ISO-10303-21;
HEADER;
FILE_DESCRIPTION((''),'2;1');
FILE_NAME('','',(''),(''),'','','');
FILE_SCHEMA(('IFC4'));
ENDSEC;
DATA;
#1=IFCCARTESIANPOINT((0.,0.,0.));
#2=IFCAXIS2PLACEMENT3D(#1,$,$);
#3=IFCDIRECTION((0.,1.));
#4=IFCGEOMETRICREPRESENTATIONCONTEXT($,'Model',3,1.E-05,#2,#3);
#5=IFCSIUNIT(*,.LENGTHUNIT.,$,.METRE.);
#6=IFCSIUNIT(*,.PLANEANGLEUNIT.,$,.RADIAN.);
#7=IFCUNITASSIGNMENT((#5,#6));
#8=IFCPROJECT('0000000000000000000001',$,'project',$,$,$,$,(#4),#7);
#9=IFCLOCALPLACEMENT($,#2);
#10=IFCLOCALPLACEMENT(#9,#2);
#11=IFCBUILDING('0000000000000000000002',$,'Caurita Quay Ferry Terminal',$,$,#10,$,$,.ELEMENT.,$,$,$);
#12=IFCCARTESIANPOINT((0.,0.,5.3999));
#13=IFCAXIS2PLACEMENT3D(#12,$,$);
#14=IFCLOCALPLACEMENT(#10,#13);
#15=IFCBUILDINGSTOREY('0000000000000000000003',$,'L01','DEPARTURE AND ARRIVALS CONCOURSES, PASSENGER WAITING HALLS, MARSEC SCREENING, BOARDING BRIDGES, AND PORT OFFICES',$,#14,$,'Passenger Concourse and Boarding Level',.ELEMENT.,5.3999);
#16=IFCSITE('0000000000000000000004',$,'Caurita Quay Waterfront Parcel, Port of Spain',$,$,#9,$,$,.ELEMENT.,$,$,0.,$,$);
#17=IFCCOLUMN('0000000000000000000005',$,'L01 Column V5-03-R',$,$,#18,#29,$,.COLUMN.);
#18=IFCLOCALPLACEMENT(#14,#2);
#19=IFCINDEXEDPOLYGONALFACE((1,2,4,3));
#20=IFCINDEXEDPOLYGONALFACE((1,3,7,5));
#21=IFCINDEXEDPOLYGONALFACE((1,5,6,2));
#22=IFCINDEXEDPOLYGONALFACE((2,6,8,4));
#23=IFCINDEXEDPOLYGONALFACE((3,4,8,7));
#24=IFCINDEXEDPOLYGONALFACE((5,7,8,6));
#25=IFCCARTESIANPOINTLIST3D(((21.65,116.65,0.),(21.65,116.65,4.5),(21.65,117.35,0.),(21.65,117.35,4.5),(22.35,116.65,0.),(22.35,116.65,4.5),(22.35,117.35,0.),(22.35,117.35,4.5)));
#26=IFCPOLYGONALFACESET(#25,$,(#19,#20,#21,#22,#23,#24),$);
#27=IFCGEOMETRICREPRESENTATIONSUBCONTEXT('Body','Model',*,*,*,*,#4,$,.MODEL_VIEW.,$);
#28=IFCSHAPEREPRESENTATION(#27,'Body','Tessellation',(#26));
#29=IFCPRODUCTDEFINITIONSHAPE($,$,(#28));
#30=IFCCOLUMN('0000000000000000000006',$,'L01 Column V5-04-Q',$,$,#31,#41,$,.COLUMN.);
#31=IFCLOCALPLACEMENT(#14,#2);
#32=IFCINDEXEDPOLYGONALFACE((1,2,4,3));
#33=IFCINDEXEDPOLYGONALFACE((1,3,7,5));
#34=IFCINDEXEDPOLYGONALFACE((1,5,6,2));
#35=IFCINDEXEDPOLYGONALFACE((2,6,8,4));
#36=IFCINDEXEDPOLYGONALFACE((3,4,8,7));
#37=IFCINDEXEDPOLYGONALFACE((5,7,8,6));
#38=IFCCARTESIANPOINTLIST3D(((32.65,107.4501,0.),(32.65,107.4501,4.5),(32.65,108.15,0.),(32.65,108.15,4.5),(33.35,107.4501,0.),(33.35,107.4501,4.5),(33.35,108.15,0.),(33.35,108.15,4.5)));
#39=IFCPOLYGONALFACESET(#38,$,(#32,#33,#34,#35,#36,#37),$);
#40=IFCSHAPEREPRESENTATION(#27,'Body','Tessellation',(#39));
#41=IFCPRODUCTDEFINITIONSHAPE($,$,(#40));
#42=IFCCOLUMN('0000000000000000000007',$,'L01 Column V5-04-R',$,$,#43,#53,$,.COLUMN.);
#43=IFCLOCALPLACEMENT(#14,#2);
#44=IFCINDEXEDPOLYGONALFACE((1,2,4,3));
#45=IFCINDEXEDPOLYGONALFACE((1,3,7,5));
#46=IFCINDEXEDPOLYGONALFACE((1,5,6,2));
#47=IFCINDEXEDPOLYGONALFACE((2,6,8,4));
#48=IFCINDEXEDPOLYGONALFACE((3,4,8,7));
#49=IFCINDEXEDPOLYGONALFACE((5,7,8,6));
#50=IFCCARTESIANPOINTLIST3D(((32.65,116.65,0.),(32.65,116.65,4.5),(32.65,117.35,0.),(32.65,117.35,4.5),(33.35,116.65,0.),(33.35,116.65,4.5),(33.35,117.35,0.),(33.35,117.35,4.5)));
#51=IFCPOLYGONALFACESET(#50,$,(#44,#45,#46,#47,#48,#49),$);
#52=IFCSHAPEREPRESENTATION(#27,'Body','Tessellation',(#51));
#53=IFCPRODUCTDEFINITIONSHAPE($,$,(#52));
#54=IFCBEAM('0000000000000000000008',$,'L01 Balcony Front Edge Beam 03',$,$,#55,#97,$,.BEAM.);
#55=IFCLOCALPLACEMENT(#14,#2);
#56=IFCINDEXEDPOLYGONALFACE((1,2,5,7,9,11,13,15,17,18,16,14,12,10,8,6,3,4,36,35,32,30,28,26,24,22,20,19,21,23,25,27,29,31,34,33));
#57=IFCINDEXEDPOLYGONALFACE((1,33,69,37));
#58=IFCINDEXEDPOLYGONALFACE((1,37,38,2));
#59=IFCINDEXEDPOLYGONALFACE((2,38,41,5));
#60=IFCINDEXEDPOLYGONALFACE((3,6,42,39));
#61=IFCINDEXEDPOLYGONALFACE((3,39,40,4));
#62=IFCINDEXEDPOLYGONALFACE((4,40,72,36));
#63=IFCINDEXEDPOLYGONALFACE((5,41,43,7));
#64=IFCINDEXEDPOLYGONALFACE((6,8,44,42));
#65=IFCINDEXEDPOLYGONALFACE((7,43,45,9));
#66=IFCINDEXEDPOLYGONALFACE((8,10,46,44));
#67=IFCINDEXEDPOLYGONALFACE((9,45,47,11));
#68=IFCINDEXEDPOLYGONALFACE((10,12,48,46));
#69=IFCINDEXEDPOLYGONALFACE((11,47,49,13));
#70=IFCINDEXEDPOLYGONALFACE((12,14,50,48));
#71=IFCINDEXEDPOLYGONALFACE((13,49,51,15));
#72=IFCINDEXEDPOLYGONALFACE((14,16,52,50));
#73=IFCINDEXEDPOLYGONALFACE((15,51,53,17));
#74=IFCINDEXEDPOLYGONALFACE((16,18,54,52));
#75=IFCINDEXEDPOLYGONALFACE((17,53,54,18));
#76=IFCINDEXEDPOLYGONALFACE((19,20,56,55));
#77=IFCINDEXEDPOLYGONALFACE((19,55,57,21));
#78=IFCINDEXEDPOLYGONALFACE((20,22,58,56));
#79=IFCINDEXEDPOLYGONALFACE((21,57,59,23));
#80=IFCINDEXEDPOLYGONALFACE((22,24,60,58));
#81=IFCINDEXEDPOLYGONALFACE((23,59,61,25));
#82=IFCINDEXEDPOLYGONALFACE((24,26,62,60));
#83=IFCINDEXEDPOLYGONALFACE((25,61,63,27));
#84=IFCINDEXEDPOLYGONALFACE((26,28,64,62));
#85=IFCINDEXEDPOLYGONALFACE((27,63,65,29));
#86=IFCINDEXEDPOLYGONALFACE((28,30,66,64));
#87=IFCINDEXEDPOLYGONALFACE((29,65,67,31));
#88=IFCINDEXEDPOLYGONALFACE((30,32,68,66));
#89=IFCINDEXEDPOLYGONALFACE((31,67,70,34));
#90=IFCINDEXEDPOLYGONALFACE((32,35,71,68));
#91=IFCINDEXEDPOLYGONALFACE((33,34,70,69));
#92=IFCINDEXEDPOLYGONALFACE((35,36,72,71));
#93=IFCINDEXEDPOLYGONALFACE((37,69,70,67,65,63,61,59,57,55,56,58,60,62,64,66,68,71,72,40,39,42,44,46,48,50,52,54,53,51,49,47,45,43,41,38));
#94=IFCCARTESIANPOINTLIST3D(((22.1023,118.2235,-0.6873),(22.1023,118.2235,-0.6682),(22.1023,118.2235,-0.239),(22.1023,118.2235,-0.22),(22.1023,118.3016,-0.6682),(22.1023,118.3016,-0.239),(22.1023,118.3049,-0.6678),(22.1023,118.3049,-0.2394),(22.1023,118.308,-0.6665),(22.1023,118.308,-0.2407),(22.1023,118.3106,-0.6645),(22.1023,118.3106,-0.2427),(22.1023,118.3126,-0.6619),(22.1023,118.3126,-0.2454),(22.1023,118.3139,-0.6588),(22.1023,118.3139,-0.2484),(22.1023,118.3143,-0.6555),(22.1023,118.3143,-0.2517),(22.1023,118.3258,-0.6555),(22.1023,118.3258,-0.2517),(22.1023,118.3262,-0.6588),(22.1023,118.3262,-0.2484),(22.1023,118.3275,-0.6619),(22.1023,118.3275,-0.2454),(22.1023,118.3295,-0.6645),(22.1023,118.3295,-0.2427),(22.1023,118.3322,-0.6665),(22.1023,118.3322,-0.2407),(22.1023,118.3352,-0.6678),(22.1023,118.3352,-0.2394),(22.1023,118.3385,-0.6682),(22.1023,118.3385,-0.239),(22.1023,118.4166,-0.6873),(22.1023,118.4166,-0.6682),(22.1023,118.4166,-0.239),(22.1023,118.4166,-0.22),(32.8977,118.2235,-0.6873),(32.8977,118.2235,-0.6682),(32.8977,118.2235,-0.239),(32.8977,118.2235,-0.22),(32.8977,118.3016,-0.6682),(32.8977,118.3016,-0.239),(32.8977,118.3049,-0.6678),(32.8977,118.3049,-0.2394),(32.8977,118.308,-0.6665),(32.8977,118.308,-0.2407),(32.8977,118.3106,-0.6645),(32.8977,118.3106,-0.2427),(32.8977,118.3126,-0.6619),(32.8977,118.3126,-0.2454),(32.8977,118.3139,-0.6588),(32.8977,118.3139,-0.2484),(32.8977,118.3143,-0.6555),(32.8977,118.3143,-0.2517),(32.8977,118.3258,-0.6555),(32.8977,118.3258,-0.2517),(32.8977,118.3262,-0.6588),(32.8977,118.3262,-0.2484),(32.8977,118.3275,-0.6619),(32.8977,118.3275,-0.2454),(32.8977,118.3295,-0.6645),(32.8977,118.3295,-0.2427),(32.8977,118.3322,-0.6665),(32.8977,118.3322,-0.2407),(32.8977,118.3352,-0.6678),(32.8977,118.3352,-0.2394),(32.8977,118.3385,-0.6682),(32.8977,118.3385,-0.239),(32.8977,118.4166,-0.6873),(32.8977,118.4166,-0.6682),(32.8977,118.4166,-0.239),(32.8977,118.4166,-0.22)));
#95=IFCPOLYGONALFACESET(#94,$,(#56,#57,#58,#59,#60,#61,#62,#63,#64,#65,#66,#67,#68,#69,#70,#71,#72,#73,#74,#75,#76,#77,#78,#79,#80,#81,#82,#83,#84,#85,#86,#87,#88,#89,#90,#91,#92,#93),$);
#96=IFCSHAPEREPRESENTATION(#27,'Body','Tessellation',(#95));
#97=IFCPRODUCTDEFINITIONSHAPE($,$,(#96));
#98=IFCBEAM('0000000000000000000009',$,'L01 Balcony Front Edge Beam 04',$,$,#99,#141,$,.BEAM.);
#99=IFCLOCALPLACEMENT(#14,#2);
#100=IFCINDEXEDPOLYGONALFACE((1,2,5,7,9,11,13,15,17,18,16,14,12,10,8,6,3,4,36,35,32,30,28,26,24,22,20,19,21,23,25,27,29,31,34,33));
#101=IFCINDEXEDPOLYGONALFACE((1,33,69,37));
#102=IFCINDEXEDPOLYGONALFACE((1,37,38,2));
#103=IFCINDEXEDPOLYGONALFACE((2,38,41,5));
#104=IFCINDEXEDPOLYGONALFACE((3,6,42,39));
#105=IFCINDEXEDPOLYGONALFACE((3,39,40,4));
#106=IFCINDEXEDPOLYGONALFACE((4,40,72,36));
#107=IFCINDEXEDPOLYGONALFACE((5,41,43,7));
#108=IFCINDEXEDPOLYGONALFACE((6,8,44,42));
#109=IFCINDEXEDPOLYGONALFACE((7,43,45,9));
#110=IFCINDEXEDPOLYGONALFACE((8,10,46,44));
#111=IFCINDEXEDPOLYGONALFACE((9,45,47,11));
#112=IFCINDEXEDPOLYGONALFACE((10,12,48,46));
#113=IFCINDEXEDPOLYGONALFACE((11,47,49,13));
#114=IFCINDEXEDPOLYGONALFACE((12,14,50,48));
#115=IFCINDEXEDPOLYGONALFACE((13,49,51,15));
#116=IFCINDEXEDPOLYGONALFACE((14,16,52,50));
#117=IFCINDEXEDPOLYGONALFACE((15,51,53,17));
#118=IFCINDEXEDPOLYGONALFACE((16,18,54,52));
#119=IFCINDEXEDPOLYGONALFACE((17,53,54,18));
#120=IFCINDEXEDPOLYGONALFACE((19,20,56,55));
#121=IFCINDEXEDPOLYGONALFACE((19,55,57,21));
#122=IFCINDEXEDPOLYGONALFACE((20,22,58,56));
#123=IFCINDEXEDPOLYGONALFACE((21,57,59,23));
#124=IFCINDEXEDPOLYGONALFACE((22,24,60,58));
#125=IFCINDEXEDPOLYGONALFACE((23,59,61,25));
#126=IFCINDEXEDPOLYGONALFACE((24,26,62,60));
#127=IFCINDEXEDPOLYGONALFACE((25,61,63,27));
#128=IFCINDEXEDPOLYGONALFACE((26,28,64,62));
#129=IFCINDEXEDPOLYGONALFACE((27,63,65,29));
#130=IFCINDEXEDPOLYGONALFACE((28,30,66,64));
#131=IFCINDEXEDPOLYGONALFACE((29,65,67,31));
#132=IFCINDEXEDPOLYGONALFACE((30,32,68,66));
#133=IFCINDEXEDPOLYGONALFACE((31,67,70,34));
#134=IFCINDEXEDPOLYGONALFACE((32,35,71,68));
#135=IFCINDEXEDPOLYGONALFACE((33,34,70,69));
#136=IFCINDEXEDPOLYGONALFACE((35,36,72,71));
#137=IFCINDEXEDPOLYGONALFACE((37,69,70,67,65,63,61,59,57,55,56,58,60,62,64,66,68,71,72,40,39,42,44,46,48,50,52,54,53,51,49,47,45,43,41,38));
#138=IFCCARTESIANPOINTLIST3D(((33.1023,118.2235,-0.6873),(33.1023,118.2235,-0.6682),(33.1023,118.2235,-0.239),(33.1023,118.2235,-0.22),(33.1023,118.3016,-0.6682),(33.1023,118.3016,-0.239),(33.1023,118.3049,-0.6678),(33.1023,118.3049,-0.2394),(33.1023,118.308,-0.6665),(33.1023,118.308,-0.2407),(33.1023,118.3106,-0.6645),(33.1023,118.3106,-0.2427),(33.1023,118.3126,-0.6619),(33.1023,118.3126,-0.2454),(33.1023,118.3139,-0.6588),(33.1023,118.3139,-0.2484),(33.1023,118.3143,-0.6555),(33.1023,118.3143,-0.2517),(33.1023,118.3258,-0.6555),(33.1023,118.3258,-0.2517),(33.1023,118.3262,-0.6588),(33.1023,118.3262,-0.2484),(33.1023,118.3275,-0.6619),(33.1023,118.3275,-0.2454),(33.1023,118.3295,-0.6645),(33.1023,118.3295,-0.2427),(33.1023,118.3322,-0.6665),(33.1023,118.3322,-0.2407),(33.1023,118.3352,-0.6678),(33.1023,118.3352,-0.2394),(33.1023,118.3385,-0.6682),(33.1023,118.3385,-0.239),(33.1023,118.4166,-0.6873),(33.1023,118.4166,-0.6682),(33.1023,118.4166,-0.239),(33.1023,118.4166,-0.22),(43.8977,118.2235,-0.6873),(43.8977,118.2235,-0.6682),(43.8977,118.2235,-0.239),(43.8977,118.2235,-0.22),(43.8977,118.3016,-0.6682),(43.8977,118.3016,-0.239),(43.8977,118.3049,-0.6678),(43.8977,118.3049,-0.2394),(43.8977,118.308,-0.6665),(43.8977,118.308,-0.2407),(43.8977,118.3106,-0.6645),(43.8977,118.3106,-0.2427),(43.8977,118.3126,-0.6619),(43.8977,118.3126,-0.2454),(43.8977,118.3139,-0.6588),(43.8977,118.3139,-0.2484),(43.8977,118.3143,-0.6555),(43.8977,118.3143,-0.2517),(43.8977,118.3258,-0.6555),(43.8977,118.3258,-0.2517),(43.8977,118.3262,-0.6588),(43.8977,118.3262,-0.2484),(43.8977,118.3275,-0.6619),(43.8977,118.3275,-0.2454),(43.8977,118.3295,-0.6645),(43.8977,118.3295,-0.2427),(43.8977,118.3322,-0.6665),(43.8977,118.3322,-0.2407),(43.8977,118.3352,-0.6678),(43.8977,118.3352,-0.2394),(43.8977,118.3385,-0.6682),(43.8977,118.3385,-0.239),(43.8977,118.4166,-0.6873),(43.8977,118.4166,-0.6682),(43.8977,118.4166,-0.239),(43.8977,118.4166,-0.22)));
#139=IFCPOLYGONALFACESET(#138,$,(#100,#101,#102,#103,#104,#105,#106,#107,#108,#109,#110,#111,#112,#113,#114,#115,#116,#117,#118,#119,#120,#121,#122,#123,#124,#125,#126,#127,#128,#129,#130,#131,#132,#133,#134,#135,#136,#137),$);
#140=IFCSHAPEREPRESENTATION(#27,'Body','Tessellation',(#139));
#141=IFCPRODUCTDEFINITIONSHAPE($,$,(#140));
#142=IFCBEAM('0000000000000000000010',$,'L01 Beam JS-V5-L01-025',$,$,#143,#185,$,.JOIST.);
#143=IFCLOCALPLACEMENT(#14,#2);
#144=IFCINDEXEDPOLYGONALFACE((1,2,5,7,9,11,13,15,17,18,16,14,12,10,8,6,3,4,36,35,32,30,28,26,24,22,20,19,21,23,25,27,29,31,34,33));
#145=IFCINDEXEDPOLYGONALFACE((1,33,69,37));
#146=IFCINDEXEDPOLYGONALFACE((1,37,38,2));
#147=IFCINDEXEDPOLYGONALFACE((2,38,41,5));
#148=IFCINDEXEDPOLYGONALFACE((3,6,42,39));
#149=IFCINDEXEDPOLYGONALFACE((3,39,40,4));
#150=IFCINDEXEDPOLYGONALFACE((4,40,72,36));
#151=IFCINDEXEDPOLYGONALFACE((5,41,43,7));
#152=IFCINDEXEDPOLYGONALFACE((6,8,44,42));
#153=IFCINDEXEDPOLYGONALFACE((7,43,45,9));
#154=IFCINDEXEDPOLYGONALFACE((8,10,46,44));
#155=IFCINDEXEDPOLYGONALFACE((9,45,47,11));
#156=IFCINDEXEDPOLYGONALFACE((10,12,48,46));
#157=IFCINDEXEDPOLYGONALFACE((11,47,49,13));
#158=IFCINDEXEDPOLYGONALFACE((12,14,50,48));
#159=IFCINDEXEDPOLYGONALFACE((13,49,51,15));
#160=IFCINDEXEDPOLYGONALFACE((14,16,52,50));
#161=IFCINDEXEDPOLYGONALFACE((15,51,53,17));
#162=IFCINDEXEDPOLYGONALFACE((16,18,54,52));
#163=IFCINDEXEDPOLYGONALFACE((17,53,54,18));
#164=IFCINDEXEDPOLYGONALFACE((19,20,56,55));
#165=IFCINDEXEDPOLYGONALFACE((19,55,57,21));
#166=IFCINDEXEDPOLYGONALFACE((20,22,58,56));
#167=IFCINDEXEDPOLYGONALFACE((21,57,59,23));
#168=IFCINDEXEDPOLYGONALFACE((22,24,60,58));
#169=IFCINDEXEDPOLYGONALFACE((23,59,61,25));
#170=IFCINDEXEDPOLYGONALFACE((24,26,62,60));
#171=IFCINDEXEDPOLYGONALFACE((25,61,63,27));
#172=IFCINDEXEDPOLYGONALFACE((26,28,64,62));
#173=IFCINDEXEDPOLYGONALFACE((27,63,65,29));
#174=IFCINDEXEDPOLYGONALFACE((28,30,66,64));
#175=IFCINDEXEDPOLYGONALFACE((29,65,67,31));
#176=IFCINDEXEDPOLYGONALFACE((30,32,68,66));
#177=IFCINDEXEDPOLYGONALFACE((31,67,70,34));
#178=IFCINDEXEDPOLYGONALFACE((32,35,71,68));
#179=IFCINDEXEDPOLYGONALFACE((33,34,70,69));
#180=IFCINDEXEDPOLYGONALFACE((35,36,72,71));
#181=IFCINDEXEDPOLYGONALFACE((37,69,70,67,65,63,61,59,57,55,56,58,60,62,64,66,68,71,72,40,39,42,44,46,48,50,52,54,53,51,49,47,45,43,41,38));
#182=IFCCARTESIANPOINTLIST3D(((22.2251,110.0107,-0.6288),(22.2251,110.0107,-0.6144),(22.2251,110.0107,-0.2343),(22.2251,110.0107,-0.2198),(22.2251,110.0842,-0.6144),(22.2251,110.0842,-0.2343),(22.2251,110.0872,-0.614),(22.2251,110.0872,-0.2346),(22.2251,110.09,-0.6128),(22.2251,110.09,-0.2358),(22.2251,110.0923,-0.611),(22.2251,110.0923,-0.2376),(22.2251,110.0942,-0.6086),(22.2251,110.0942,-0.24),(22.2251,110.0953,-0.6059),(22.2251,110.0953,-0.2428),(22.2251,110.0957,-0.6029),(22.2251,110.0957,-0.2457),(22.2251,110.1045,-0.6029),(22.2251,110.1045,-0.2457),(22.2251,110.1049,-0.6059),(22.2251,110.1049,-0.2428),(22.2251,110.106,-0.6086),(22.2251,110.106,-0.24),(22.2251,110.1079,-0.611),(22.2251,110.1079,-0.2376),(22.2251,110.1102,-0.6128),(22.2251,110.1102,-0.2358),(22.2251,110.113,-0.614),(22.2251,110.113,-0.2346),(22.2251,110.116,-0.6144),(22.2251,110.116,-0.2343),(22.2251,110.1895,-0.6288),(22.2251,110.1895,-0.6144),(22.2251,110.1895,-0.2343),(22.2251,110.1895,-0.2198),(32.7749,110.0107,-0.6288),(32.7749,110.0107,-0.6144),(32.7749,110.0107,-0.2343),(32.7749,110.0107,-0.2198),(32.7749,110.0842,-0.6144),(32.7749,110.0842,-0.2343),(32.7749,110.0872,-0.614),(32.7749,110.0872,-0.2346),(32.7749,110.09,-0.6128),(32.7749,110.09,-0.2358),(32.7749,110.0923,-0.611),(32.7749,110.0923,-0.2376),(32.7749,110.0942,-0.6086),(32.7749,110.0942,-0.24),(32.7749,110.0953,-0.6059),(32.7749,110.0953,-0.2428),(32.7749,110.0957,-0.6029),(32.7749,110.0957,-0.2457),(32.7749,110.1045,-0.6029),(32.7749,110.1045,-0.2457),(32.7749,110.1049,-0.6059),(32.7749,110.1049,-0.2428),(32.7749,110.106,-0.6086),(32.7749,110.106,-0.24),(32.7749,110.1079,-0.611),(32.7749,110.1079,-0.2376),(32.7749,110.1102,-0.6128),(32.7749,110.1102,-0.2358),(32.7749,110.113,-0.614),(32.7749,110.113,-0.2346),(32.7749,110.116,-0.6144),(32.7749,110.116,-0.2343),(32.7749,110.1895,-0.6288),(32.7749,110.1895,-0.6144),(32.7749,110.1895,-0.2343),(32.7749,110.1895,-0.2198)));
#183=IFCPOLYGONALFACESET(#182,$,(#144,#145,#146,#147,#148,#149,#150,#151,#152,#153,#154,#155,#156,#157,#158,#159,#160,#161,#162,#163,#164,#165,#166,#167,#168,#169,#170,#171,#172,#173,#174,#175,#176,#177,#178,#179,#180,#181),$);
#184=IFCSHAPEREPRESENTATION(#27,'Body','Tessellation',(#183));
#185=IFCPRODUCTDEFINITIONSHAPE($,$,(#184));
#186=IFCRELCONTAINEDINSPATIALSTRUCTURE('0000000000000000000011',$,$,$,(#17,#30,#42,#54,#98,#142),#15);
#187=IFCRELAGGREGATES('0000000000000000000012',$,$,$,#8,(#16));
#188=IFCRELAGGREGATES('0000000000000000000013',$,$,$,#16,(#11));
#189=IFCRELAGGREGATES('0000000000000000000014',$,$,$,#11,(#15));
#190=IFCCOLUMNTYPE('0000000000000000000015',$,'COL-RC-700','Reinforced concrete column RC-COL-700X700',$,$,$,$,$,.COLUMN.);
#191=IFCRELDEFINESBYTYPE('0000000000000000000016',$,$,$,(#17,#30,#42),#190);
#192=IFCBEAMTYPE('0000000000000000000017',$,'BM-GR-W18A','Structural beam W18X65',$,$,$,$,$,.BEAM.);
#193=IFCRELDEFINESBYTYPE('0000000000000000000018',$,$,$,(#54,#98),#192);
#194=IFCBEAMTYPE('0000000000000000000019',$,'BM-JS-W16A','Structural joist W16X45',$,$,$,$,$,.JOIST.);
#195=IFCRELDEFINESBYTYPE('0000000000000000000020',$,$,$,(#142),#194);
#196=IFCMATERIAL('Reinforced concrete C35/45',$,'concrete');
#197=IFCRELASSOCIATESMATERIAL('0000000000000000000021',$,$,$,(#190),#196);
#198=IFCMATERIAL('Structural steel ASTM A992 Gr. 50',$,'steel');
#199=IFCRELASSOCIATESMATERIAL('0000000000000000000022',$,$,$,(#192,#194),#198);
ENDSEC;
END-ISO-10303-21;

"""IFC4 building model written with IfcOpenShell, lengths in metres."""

from ifc_helpers import new_model, si_unit, direction, frame, origin, origin_2d, place, context, subcontext, project, spatial, rectangle, i_section, extrude, material, material_profile, profile_set, type_object, element, save


model = new_model("IFC4")

# Units and contexts
model_context = context("Model", 3, precision=1e-05, world=origin(), true_north=direction((0.0, 1.0)))
body_context = subcontext(model_context, "Body", "Model", "MODEL_VIEW")
ifc_project = project(units=[si_unit("LENGTHUNIT", "METRE"), si_unit("PLANEANGLEUNIT", "RADIAN")], contexts=[model_context])

# Site, building, storey
site_placement = place(None, origin())
site = spatial("IfcSite", under=ifc_project, at=site_placement, Name="Caurita Quay Waterfront Parcel, Port of Spain", CompositionType="ELEMENT", RefElevation=0.0)
building_placement = place(site_placement, origin())
building = spatial("IfcBuilding", under=site, at=building_placement, Name="Caurita Quay Ferry Terminal", CompositionType="ELEMENT")
storey_placement = place(building_placement, frame((0.0, 0.0, 5.3999)))
storey = spatial("IfcBuildingStorey", under=building, at=storey_placement, Name="L01", Description="DEPARTURE AND ARRIVALS CONCOURSES, PASSENGER WAITING HALLS, MARSEC SCREENING, BOARDING BRIDGES, AND PORT OFFICES", LongName="Passenger Concourse and Boarding Level", CompositionType="ELEMENT", Elevation=5.3999)

# Columns
ifc_material_1 = material(Name="Reinforced concrete C35/45", Category="concrete")
ifc_material_profile_1 = material_profile(ifc_material_1, rectangle(XDim=0.7, YDim=0.7, at=origin_2d()), Name="RC-COL-700X700")
ifc_profile_set_1 = profile_set([ifc_material_profile_1], Name="Reinforced concrete C35/45")
column_type = type_object("IfcColumnType", Name="COL-RC-700", Description="Reinforced concrete column RC-COL-700X700", PredefinedType="COLUMN", material=ifc_profile_set_1)
for number, where, z_axis, x_axis, name in (
    (1, (22.0, 117.0, 0.0), (0.0, 0.0, 1.0), (1.0, 0.0, 0.0), "L01 Column V5-03-R"),
    (2, (33.0, 107.8, 0.0), (0.0, 0.0, 1.0), (1.0, 0.0, 0.0), "L01 Column V5-04-Q"),
    (3, (33.0, 117.0, 0.0), (0.0, 0.0, 1.0), (1.0, 0.0, 0.0), "L01 Column V5-04-R"),
):
    element("IfcColumn", number, at=place(storey_placement, frame(where, z_axis=z_axis, x_axis=x_axis)), inside=storey, type_object=column_type, Name=name, PredefinedType="COLUMN", context=body_context, shape_type="SweptSolid", body=[
        extrude(rectangle(XDim=0.7, YDim=0.7, at=origin_2d()), origin(), (0.0, 0.0, 1.0), 4.5),
    ])

# Beams
ifc_material_2 = material(Name="Structural steel ASTM A992 Gr. 50", Category="steel")
ifc_material_profile_2 = material_profile(ifc_material_2, i_section(OverallWidth=0.1931, OverallDepth=0.4673, WebThickness=0.0115, FlangeThickness=0.019, FilletRadius=0.0127, at=origin_2d()), Name="W18X65")
ifc_profile_set_2 = profile_set([ifc_material_profile_2], Name="Structural steel ASTM A992 Gr. 50")
beam_type_1 = type_object("IfcBeamType", Name="BM-GR-W18A", Description="Structural beam W18X65", PredefinedType="BEAM", material=ifc_profile_set_2)
for number, where, z_axis, x_axis, name in (
    (4, (22.1023, 118.3201, -0.4536), (1.0, 0.0, 0.0), (0.0, 1.0, 0.0), "L01 Balcony Front Edge Beam 03"),
    (5, (33.1023, 118.3201, -0.4536), (1.0, 0.0, 0.0), (0.0, 1.0, 0.0), "L01 Balcony Front Edge Beam 04"),
):
    element("IfcBeam", number, at=place(storey_placement, frame(where, z_axis=z_axis, x_axis=x_axis)), inside=storey, type_object=beam_type_1, Name=name, PredefinedType="BEAM", context=body_context, shape_type="SweptSolid", body=[
        extrude(i_section(OverallWidth=0.1931, OverallDepth=0.4673, WebThickness=0.0115, FlangeThickness=0.019, FilletRadius=0.0127, at=origin_2d()), origin(), (0.0, 0.0, 1.0), 10.7954),
    ])
ifc_material_profile_3 = material_profile(ifc_material_2, i_section(OverallWidth=0.1787, OverallDepth=0.4089, WebThickness=0.0088, FlangeThickness=0.0144, FilletRadius=0.0115, at=origin_2d()), Name="W16X45")
ifc_profile_set_3 = profile_set([ifc_material_profile_3], Name="Structural steel ASTM A992 Gr. 50")
beam_type_2 = type_object("IfcBeamType", Name="BM-JS-W16A", Description="Structural joist W16X45", PredefinedType="JOIST", material=ifc_profile_set_3)
for number, where, z_axis, x_axis, name in (
    (6, (22.2251, 110.1001, -0.4243), (1.0, 0.0, 0.0), (0.0, 1.0, 0.0), "L01 Beam JS-V5-L01-025"),
):
    element("IfcBeam", number, at=place(storey_placement, frame(where, z_axis=z_axis, x_axis=x_axis)), inside=storey, type_object=beam_type_2, Name=name, PredefinedType="JOIST", context=body_context, shape_type="SweptSolid", body=[
        extrude(i_section(OverallWidth=0.1787, OverallDepth=0.4089, WebThickness=0.0088, FlangeThickness=0.0144, FilletRadius=0.0115, at=origin_2d()), origin(), (0.0, 0.0, 1.0), 10.5498),
    ])

save(model, "model.ifc")
